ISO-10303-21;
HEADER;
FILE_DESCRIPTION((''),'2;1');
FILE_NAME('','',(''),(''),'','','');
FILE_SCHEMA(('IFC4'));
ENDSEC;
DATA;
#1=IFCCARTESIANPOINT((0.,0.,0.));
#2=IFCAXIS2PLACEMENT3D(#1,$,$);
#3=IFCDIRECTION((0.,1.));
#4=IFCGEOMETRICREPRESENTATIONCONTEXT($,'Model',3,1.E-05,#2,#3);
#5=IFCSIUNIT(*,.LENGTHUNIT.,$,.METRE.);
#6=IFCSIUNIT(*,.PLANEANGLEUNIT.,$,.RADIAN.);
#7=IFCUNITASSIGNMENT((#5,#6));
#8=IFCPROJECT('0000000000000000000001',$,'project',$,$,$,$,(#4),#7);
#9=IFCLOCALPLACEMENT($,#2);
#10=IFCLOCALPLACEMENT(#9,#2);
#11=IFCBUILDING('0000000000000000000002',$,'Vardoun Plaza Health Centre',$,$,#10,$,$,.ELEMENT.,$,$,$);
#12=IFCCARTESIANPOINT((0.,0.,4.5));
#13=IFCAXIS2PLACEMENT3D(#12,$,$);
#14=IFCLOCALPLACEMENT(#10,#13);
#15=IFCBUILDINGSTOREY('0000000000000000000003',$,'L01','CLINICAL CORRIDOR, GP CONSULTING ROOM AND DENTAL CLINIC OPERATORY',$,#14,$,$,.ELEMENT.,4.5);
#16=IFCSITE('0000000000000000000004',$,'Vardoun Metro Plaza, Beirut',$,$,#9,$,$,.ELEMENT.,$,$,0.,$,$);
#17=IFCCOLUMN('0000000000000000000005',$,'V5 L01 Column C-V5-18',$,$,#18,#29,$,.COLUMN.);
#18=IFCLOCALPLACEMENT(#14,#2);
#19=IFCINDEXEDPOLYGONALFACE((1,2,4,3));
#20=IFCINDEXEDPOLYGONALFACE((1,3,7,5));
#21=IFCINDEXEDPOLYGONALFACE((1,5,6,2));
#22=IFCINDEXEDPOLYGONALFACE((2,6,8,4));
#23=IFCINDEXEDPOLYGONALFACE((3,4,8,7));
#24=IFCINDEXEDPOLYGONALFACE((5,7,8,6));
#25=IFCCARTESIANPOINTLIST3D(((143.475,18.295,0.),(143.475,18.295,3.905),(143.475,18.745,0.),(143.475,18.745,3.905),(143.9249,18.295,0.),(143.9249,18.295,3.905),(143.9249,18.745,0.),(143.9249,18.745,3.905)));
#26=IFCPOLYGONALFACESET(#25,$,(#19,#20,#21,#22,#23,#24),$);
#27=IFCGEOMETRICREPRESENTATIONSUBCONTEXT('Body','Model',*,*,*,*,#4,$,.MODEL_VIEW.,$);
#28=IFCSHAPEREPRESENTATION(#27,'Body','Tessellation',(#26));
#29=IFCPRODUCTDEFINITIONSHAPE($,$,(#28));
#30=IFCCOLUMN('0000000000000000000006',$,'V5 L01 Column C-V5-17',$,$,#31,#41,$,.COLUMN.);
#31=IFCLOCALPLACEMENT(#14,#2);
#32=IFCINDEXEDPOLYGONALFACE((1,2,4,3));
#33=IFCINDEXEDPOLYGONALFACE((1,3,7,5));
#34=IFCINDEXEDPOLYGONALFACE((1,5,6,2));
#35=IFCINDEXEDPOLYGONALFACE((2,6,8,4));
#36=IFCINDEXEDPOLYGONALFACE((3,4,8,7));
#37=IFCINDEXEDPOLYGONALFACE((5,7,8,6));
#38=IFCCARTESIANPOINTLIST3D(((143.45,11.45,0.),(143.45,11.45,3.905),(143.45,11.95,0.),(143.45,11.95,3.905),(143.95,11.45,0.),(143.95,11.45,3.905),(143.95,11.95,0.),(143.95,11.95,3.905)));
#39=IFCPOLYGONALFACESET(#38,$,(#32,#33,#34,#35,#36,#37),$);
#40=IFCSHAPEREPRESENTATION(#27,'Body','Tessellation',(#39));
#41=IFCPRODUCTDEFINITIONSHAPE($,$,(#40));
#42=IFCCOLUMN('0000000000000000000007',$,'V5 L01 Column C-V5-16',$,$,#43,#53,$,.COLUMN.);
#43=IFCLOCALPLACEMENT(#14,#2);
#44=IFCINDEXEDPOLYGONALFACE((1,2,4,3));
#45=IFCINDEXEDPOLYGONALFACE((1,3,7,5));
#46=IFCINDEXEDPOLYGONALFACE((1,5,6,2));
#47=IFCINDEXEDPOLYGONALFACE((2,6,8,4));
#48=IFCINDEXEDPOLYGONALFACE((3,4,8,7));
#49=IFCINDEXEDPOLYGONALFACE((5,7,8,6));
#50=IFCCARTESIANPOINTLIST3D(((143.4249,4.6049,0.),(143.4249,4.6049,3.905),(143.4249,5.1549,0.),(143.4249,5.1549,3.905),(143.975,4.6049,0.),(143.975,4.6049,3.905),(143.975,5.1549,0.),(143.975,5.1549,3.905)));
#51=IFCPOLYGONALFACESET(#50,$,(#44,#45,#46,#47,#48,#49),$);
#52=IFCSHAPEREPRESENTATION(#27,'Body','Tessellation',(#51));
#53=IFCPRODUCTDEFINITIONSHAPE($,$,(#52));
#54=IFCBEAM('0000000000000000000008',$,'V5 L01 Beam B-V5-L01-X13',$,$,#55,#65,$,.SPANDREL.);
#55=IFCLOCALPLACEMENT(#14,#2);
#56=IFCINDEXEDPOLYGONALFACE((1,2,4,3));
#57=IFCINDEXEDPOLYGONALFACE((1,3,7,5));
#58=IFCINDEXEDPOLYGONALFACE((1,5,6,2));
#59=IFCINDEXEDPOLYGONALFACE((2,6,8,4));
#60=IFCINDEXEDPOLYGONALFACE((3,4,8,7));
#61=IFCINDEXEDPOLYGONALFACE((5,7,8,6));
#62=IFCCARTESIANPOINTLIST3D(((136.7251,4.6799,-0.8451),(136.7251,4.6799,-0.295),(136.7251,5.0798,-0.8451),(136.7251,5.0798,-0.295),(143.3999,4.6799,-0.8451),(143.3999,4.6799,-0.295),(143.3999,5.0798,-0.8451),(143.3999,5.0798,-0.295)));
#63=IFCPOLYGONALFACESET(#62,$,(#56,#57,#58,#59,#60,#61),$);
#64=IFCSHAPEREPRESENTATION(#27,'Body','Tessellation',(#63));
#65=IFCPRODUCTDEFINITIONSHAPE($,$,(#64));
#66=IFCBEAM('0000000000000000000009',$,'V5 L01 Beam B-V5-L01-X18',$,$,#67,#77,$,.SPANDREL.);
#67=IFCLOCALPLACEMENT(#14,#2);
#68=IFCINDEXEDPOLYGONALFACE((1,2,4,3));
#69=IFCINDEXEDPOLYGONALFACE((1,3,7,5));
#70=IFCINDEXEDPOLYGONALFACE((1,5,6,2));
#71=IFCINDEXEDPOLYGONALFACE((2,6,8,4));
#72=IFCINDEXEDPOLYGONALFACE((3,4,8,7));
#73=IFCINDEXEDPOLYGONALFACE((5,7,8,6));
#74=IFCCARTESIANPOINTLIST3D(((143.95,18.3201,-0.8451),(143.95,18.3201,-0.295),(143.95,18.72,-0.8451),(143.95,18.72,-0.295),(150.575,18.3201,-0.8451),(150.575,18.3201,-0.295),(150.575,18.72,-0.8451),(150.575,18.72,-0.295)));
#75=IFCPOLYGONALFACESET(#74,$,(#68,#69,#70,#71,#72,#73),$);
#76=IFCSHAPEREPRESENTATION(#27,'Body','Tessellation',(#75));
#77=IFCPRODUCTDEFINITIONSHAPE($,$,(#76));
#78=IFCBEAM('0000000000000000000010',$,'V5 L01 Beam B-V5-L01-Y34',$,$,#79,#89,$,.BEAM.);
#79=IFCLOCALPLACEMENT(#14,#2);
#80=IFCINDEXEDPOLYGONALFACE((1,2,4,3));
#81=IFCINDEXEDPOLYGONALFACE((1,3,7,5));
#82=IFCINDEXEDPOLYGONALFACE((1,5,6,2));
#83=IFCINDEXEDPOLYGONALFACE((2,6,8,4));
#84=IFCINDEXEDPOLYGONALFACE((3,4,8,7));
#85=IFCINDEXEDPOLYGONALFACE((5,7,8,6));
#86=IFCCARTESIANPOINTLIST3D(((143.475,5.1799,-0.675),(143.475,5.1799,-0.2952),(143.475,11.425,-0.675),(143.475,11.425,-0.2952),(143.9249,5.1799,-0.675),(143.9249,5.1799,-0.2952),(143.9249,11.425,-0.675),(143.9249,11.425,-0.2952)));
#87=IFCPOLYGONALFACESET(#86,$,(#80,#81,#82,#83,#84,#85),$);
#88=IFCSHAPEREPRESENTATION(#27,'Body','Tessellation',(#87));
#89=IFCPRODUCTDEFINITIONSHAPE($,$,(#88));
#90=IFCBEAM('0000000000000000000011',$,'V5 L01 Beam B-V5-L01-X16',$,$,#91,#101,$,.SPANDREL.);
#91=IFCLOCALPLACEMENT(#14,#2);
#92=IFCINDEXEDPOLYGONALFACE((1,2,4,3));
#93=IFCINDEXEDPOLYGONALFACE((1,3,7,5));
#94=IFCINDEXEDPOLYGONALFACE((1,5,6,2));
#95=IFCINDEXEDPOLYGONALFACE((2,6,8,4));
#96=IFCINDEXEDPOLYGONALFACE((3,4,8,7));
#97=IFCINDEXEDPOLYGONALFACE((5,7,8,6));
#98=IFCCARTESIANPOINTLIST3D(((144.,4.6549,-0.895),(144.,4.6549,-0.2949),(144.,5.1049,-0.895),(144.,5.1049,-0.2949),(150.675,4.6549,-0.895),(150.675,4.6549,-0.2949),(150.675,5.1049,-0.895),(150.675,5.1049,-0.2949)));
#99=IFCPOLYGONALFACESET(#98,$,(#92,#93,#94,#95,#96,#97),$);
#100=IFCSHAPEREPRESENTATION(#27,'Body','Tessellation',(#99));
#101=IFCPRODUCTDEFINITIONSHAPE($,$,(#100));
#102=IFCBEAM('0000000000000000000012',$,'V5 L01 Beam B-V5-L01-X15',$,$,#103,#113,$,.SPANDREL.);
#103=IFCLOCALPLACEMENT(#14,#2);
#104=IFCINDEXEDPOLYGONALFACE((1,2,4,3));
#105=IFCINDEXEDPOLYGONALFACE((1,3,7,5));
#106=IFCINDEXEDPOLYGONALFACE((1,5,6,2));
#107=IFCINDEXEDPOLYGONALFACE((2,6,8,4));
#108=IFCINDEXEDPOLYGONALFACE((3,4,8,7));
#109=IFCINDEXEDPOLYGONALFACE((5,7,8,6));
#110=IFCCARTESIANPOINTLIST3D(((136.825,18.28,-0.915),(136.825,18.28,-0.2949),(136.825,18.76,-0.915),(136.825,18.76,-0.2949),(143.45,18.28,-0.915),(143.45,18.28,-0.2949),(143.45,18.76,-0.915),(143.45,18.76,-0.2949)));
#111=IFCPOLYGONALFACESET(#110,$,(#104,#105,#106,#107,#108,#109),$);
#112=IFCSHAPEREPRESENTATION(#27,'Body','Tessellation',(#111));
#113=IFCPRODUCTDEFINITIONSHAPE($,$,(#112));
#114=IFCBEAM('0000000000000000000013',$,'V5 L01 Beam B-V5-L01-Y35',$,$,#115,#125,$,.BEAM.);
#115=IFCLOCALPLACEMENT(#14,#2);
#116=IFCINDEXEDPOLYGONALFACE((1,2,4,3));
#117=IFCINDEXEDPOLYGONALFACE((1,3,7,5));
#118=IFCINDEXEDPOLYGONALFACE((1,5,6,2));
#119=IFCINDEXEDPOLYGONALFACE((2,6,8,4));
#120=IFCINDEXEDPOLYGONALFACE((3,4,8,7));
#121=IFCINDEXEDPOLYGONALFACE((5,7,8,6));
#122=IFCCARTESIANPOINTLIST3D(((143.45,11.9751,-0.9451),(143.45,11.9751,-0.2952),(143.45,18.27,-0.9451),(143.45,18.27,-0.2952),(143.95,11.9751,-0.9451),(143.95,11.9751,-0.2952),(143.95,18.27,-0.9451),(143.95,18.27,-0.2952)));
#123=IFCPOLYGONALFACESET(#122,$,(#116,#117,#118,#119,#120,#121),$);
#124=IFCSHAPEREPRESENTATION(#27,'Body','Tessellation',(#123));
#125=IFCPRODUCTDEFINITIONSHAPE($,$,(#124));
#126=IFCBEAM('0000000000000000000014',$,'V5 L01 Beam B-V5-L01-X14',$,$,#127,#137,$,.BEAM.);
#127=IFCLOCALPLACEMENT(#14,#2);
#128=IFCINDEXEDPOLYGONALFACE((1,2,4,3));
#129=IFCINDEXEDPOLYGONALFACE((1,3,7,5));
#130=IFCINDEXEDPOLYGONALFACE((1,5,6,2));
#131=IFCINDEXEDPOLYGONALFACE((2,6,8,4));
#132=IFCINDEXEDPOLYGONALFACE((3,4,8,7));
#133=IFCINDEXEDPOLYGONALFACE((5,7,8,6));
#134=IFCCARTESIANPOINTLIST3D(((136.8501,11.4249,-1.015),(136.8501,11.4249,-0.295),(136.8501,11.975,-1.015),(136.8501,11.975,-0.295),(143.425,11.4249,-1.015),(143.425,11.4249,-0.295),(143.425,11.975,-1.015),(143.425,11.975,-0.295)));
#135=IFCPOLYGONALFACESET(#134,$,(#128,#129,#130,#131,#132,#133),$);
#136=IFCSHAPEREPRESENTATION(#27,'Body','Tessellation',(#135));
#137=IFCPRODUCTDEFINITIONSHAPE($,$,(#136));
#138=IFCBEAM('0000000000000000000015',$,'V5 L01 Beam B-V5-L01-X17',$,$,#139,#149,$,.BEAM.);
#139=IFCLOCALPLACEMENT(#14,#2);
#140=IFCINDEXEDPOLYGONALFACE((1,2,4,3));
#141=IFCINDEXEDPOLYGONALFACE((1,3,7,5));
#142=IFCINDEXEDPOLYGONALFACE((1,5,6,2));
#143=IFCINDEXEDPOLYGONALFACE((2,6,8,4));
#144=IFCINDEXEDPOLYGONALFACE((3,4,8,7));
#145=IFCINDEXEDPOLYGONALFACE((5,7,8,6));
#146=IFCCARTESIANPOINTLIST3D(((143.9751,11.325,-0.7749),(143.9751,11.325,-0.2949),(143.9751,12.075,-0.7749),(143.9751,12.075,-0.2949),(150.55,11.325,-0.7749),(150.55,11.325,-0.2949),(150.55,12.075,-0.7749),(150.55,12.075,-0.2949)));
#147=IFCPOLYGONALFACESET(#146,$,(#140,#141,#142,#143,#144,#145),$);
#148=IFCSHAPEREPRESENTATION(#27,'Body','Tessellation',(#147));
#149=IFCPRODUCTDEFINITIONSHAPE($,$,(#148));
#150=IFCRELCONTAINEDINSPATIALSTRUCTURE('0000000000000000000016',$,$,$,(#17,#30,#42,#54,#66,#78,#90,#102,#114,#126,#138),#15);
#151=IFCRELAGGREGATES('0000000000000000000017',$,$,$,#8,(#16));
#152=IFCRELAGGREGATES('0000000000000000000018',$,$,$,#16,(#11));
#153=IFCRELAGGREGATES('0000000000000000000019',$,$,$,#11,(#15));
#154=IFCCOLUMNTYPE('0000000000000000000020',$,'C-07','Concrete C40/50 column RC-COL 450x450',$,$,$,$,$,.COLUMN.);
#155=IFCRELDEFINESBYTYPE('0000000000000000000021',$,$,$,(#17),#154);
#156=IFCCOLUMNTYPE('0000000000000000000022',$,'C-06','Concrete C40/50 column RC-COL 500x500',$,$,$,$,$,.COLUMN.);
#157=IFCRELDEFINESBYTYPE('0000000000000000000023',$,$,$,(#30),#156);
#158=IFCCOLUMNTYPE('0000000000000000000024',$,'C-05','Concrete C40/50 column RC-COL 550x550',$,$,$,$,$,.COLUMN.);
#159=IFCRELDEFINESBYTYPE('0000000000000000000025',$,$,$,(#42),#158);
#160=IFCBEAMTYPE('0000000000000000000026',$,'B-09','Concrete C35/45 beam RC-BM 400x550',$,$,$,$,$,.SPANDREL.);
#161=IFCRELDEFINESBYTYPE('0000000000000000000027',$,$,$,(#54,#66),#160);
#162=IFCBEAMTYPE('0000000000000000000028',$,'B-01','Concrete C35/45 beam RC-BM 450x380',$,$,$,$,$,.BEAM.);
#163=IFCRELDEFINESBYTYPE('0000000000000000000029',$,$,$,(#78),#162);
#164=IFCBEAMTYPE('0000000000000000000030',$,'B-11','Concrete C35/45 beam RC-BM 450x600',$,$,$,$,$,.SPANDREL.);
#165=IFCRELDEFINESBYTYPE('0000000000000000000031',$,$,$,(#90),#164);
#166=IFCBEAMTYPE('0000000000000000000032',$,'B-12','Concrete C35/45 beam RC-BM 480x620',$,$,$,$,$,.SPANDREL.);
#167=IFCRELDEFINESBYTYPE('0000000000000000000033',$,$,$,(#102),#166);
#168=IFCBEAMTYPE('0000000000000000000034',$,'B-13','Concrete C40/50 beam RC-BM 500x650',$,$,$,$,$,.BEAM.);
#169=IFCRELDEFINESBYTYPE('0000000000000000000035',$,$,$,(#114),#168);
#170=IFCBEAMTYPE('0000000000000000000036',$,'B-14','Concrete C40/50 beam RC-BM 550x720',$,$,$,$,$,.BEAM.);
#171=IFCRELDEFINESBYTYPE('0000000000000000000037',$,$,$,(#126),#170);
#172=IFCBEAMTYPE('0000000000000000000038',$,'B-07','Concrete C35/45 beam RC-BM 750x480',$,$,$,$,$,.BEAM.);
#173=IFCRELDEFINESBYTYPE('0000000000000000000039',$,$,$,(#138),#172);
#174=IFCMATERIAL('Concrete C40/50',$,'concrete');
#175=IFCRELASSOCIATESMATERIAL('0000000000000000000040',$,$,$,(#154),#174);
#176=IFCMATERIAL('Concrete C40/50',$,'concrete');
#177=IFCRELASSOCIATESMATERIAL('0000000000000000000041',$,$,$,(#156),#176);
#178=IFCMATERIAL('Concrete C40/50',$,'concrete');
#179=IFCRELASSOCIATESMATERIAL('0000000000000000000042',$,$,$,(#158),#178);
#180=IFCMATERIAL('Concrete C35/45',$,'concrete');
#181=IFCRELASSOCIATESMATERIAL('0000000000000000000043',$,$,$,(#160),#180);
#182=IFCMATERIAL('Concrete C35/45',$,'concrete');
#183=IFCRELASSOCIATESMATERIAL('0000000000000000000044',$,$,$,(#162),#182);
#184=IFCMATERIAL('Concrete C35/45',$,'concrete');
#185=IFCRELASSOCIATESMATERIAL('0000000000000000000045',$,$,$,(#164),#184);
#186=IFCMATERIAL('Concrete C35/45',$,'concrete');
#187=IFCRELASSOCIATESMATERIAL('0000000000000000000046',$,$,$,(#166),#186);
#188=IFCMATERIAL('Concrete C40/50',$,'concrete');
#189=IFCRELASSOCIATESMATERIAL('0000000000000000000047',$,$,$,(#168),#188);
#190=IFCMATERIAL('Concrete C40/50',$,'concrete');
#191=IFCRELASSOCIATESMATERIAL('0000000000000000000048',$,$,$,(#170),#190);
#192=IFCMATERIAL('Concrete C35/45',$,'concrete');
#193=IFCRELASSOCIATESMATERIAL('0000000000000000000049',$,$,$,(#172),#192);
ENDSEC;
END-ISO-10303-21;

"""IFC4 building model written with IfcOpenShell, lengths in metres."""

from ifc_helpers import new_model, si_unit, direction, frame, origin, origin_2d, place, context, subcontext, project, spatial, rectangle, extrude, material, material_profile, profile_set, type_object, element, save


model = new_model("IFC4")

# Units and contexts
model_context = context("Model", 3, precision=1e-05, world=origin(), true_north=direction((0.0, 1.0)))
body_context = subcontext(model_context, "Body", "Model", "MODEL_VIEW")
ifc_project = project(units=[si_unit("LENGTHUNIT", "METRE"), si_unit("PLANEANGLEUNIT", "RADIAN")], contexts=[model_context])

# Site, building, storey
site_placement = place(None, origin())
site = spatial("IfcSite", under=ifc_project, at=site_placement, Name="Vardoun Metro Plaza, Beirut", CompositionType="ELEMENT", RefElevation=0.0)
building_placement = place(site_placement, origin())
building = spatial("IfcBuilding", under=site, at=building_placement, Name="Vardoun Plaza Health Centre", CompositionType="ELEMENT")
storey_placement = place(building_placement, frame((0.0, 0.0, 4.5)))
storey = spatial("IfcBuildingStorey", under=building, at=storey_placement, Name="L01", Description="CLINICAL CORRIDOR, GP CONSULTING ROOM AND DENTAL CLINIC OPERATORY", CompositionType="ELEMENT", Elevation=4.5)

# Columns
ifc_material_1 = material(Name="Concrete C40/50", Category="concrete")
ifc_material_profile_1 = material_profile(ifc_material_1, rectangle(XDim=0.45, YDim=0.45, at=origin_2d()), Name="RC-COL 450x450")
ifc_profile_set_1 = profile_set([ifc_material_profile_1], Name="Concrete C40/50")
column_type_1 = type_object("IfcColumnType", Name="C-07", Description="Concrete C40/50 column RC-COL 450x450", PredefinedType="COLUMN", material=ifc_profile_set_1)
column_1_placement = place(storey_placement, frame((143.7, 18.52, 0.0), z_axis=(0.0, 0.0, 1.0), x_axis=(1.0, 0.0, 0.0)))
element("IfcColumn", 1, at=column_1_placement, inside=storey, type_object=column_type_1, Name="V5 L01 Column C-V5-18", PredefinedType="COLUMN", context=body_context, shape_type="SweptSolid", body=[
    extrude(rectangle(XDim=0.45, YDim=0.45, at=origin_2d()), origin(), (0.0, 0.0, 1.0), 3.905),
])
ifc_material_2 = material(Name="Concrete C40/50", Category="concrete")
ifc_material_profile_2 = material_profile(ifc_material_2, rectangle(XDim=0.5, YDim=0.5, at=origin_2d()), Name="RC-COL 500x500")
ifc_profile_set_2 = profile_set([ifc_material_profile_2], Name="Concrete C40/50")
column_type_2 = type_object("IfcColumnType", Name="C-06", Description="Concrete C40/50 column RC-COL 500x500", PredefinedType="COLUMN", material=ifc_profile_set_2)
column_2_placement = place(storey_placement, frame((143.7, 11.7, 0.0), z_axis=(0.0, 0.0, 1.0), x_axis=(1.0, 0.0, 0.0)))
element("IfcColumn", 2, at=column_2_placement, inside=storey, type_object=column_type_2, Name="V5 L01 Column C-V5-17", PredefinedType="COLUMN", context=body_context, shape_type="SweptSolid", body=[
    extrude(rectangle(XDim=0.5, YDim=0.5, at=origin_2d()), origin(), (0.0, 0.0, 1.0), 3.905),
])
ifc_material_3 = material(Name="Concrete C40/50", Category="concrete")
ifc_material_profile_3 = material_profile(ifc_material_3, rectangle(XDim=0.55, YDim=0.55, at=origin_2d()), Name="RC-COL 550x550")
ifc_profile_set_3 = profile_set([ifc_material_profile_3], Name="Concrete C40/50")
column_type_3 = type_object("IfcColumnType", Name="C-05", Description="Concrete C40/50 column RC-COL 550x550", PredefinedType="COLUMN", material=ifc_profile_set_3)
column_3_placement = place(storey_placement, frame((143.7, 4.8799, 0.0), z_axis=(0.0, 0.0, 1.0), x_axis=(1.0, 0.0, 0.0)))
element("IfcColumn", 3, at=column_3_placement, inside=storey, type_object=column_type_3, Name="V5 L01 Column C-V5-16", PredefinedType="COLUMN", context=body_context, shape_type="SweptSolid", body=[
    extrude(rectangle(XDim=0.55, YDim=0.55, at=origin_2d()), origin(), (0.0, 0.0, 1.0), 3.905),
])

# Beams
ifc_material_4 = material(Name="Concrete C35/45", Category="concrete")
ifc_material_profile_4 = material_profile(ifc_material_4, rectangle(XDim=0.3999, YDim=0.55, at=origin_2d()), Name="RC-BM 400x550")
ifc_profile_set_4 = profile_set([ifc_material_profile_4], Name="Concrete C35/45")
beam_type_1 = type_object("IfcBeamType", Name="B-09", Description="Concrete C35/45 beam RC-BM 400x550", PredefinedType="SPANDREL", material=ifc_profile_set_4)
beam_1_placement = place(storey_placement, frame((136.7251, 4.8799, -0.5701), z_axis=(1.0, 0.0, 0.0), x_axis=(0.0, 1.0, 0.0)))
element("IfcBeam", 4, at=beam_1_placement, inside=storey, type_object=beam_type_1, Name="V5 L01 Beam B-V5-L01-X13", PredefinedType="SPANDREL", context=body_context, shape_type="SweptSolid", body=[
    extrude(rectangle(XDim=0.3999, YDim=0.55, at=origin_2d()), origin(), (0.0, 0.0, 1.0), 6.6748),
])
beam_2_placement = place(storey_placement, frame((143.95, 18.52, -0.5701), z_axis=(1.0, 0.0, 0.0), x_axis=(0.0, 1.0, 0.0)))
element("IfcBeam", 5, at=beam_2_placement, inside=storey, type_object=beam_type_1, Name="V5 L01 Beam B-V5-L01-X18", PredefinedType="SPANDREL", context=body_context, shape_type="SweptSolid", body=[
    extrude(rectangle(XDim=0.3999, YDim=0.55, at=origin_2d()), origin(), (0.0, 0.0, 1.0), 6.625),
])
ifc_material_5 = material(Name="Concrete C35/45", Category="concrete")
ifc_material_profile_5 = material_profile(ifc_material_5, rectangle(XDim=0.45, YDim=0.3799, at=origin_2d()), Name="RC-BM 450x380")
ifc_profile_set_5 = profile_set([ifc_material_profile_5], Name="Concrete C35/45")
beam_type_2 = type_object("IfcBeamType", Name="B-01", Description="Concrete C35/45 beam RC-BM 450x380", PredefinedType="BEAM", material=ifc_profile_set_5)
beam_3_placement = place(storey_placement, frame((143.7, 5.1799, -0.4851), z_axis=(0.0, 1.0, 0.0), x_axis=(-1.0, 0.0, 0.0)))
element("IfcBeam", 6, at=beam_3_placement, inside=storey, type_object=beam_type_2, Name="V5 L01 Beam B-V5-L01-Y34", PredefinedType="BEAM", context=body_context, shape_type="SweptSolid", body=[
    extrude(rectangle(XDim=0.45, YDim=0.3799, at=origin_2d()), origin(), (0.0, 0.0, 1.0), 6.2451),
])
ifc_material_6 = material(Name="Concrete C35/45", Category="concrete")
ifc_material_profile_6 = material_profile(ifc_material_6, rectangle(XDim=0.45, YDim=0.6001, at=origin_2d()), Name="RC-BM 450x600")
ifc_profile_set_6 = profile_set([ifc_material_profile_6], Name="Concrete C35/45")
beam_type_3 = type_object("IfcBeamType", Name="B-11", Description="Concrete C35/45 beam RC-BM 450x600", PredefinedType="SPANDREL", material=ifc_profile_set_6)
beam_4_placement = place(storey_placement, frame((144.0, 4.8799, -0.595), z_axis=(1.0, 0.0, 0.0), x_axis=(0.0, 1.0, 0.0)))
element("IfcBeam", 7, at=beam_4_placement, inside=storey, type_object=beam_type_3, Name="V5 L01 Beam B-V5-L01-X16", PredefinedType="SPANDREL", context=body_context, shape_type="SweptSolid", body=[
    extrude(rectangle(XDim=0.45, YDim=0.6001, at=origin_2d()), origin(), (0.0, 0.0, 1.0), 6.675),
])
ifc_material_7 = material(Name="Concrete C35/45", Category="concrete")
ifc_material_profile_7 = material_profile(ifc_material_7, rectangle(XDim=0.48, YDim=0.6201, at=origin_2d()), Name="RC-BM 480x620")
ifc_profile_set_7 = profile_set([ifc_material_profile_7], Name="Concrete C35/45")
beam_type_4 = type_object("IfcBeamType", Name="B-12", Description="Concrete C35/45 beam RC-BM 480x620", PredefinedType="SPANDREL", material=ifc_profile_set_7)
beam_5_placement = place(storey_placement, frame((136.825, 18.52, -0.605), z_axis=(1.0, 0.0, 0.0), x_axis=(0.0, 1.0, 0.0)))
element("IfcBeam", 8, at=beam_5_placement, inside=storey, type_object=beam_type_4, Name="V5 L01 Beam B-V5-L01-X15", PredefinedType="SPANDREL", context=body_context, shape_type="SweptSolid", body=[
    extrude(rectangle(XDim=0.48, YDim=0.6201, at=origin_2d()), origin(), (0.0, 0.0, 1.0), 6.625),
])
ifc_material_8 = material(Name="Concrete C40/50", Category="concrete")
ifc_material_profile_8 = material_profile(ifc_material_8, rectangle(XDim=0.5, YDim=0.6499, at=origin_2d()), Name="RC-BM 500x650")
ifc_profile_set_8 = profile_set([ifc_material_profile_8], Name="Concrete C40/50")
beam_type_5 = type_object("IfcBeamType", Name="B-13", Description="Concrete C40/50 beam RC-BM 500x650", PredefinedType="BEAM", material=ifc_profile_set_8)
beam_6_placement = place(storey_placement, frame((143.7, 11.9751, -0.6201), z_axis=(0.0, 1.0, 0.0), x_axis=(-1.0, 0.0, 0.0)))
element("IfcBeam", 9, at=beam_6_placement, inside=storey, type_object=beam_type_5, Name="V5 L01 Beam B-V5-L01-Y35", PredefinedType="BEAM", context=body_context, shape_type="SweptSolid", body=[
    extrude(rectangle(XDim=0.5, YDim=0.6499, at=origin_2d()), origin(), (0.0, 0.0, 1.0), 6.2949),
])
ifc_material_9 = material(Name="Concrete C40/50", Category="concrete")
ifc_material_profile_9 = material_profile(ifc_material_9, rectangle(XDim=0.55, YDim=0.72, at=origin_2d()), Name="RC-BM 550x720")
ifc_profile_set_9 = profile_set([ifc_material_profile_9], Name="Concrete C40/50")
beam_type_6 = type_object("IfcBeamType", Name="B-14", Description="Concrete C40/50 beam RC-BM 550x720", PredefinedType="BEAM", material=ifc_profile_set_9)
beam_7_placement = place(storey_placement, frame((136.8501, 11.7, -0.655), z_axis=(1.0, 0.0, 0.0), x_axis=(0.0, 1.0, 0.0)))
element("IfcBeam", 10, at=beam_7_placement, inside=storey, type_object=beam_type_6, Name="V5 L01 Beam B-V5-L01-X14", PredefinedType="BEAM", context=body_context, shape_type="SweptSolid", body=[
    extrude(rectangle(XDim=0.55, YDim=0.72, at=origin_2d()), origin(), (0.0, 0.0, 1.0), 6.575),
])
ifc_material_10 = material(Name="Concrete C35/45", Category="concrete")
ifc_material_profile_10 = material_profile(ifc_material_10, rectangle(XDim=0.75, YDim=0.48, at=origin_2d()), Name="RC-BM 750x480")
ifc_profile_set_10 = profile_set([ifc_material_profile_10], Name="Concrete C35/45")
beam_type_7 = type_object("IfcBeamType", Name="B-07", Description="Concrete C35/45 beam RC-BM 750x480", PredefinedType="BEAM", material=ifc_profile_set_10)
beam_8_placement = place(storey_placement, frame((143.9751, 11.7, -0.5349), z_axis=(1.0, 0.0, 0.0), x_axis=(0.0, 1.0, 0.0)))
element("IfcBeam", 11, at=beam_8_placement, inside=storey, type_object=beam_type_7, Name="V5 L01 Beam B-V5-L01-X17", PredefinedType="BEAM", context=body_context, shape_type="SweptSolid", body=[
    extrude(rectangle(XDim=0.75, YDim=0.48, at=origin_2d()), origin(), (0.0, 0.0, 1.0), 6.575),
])

save(model, "model.ifc")
